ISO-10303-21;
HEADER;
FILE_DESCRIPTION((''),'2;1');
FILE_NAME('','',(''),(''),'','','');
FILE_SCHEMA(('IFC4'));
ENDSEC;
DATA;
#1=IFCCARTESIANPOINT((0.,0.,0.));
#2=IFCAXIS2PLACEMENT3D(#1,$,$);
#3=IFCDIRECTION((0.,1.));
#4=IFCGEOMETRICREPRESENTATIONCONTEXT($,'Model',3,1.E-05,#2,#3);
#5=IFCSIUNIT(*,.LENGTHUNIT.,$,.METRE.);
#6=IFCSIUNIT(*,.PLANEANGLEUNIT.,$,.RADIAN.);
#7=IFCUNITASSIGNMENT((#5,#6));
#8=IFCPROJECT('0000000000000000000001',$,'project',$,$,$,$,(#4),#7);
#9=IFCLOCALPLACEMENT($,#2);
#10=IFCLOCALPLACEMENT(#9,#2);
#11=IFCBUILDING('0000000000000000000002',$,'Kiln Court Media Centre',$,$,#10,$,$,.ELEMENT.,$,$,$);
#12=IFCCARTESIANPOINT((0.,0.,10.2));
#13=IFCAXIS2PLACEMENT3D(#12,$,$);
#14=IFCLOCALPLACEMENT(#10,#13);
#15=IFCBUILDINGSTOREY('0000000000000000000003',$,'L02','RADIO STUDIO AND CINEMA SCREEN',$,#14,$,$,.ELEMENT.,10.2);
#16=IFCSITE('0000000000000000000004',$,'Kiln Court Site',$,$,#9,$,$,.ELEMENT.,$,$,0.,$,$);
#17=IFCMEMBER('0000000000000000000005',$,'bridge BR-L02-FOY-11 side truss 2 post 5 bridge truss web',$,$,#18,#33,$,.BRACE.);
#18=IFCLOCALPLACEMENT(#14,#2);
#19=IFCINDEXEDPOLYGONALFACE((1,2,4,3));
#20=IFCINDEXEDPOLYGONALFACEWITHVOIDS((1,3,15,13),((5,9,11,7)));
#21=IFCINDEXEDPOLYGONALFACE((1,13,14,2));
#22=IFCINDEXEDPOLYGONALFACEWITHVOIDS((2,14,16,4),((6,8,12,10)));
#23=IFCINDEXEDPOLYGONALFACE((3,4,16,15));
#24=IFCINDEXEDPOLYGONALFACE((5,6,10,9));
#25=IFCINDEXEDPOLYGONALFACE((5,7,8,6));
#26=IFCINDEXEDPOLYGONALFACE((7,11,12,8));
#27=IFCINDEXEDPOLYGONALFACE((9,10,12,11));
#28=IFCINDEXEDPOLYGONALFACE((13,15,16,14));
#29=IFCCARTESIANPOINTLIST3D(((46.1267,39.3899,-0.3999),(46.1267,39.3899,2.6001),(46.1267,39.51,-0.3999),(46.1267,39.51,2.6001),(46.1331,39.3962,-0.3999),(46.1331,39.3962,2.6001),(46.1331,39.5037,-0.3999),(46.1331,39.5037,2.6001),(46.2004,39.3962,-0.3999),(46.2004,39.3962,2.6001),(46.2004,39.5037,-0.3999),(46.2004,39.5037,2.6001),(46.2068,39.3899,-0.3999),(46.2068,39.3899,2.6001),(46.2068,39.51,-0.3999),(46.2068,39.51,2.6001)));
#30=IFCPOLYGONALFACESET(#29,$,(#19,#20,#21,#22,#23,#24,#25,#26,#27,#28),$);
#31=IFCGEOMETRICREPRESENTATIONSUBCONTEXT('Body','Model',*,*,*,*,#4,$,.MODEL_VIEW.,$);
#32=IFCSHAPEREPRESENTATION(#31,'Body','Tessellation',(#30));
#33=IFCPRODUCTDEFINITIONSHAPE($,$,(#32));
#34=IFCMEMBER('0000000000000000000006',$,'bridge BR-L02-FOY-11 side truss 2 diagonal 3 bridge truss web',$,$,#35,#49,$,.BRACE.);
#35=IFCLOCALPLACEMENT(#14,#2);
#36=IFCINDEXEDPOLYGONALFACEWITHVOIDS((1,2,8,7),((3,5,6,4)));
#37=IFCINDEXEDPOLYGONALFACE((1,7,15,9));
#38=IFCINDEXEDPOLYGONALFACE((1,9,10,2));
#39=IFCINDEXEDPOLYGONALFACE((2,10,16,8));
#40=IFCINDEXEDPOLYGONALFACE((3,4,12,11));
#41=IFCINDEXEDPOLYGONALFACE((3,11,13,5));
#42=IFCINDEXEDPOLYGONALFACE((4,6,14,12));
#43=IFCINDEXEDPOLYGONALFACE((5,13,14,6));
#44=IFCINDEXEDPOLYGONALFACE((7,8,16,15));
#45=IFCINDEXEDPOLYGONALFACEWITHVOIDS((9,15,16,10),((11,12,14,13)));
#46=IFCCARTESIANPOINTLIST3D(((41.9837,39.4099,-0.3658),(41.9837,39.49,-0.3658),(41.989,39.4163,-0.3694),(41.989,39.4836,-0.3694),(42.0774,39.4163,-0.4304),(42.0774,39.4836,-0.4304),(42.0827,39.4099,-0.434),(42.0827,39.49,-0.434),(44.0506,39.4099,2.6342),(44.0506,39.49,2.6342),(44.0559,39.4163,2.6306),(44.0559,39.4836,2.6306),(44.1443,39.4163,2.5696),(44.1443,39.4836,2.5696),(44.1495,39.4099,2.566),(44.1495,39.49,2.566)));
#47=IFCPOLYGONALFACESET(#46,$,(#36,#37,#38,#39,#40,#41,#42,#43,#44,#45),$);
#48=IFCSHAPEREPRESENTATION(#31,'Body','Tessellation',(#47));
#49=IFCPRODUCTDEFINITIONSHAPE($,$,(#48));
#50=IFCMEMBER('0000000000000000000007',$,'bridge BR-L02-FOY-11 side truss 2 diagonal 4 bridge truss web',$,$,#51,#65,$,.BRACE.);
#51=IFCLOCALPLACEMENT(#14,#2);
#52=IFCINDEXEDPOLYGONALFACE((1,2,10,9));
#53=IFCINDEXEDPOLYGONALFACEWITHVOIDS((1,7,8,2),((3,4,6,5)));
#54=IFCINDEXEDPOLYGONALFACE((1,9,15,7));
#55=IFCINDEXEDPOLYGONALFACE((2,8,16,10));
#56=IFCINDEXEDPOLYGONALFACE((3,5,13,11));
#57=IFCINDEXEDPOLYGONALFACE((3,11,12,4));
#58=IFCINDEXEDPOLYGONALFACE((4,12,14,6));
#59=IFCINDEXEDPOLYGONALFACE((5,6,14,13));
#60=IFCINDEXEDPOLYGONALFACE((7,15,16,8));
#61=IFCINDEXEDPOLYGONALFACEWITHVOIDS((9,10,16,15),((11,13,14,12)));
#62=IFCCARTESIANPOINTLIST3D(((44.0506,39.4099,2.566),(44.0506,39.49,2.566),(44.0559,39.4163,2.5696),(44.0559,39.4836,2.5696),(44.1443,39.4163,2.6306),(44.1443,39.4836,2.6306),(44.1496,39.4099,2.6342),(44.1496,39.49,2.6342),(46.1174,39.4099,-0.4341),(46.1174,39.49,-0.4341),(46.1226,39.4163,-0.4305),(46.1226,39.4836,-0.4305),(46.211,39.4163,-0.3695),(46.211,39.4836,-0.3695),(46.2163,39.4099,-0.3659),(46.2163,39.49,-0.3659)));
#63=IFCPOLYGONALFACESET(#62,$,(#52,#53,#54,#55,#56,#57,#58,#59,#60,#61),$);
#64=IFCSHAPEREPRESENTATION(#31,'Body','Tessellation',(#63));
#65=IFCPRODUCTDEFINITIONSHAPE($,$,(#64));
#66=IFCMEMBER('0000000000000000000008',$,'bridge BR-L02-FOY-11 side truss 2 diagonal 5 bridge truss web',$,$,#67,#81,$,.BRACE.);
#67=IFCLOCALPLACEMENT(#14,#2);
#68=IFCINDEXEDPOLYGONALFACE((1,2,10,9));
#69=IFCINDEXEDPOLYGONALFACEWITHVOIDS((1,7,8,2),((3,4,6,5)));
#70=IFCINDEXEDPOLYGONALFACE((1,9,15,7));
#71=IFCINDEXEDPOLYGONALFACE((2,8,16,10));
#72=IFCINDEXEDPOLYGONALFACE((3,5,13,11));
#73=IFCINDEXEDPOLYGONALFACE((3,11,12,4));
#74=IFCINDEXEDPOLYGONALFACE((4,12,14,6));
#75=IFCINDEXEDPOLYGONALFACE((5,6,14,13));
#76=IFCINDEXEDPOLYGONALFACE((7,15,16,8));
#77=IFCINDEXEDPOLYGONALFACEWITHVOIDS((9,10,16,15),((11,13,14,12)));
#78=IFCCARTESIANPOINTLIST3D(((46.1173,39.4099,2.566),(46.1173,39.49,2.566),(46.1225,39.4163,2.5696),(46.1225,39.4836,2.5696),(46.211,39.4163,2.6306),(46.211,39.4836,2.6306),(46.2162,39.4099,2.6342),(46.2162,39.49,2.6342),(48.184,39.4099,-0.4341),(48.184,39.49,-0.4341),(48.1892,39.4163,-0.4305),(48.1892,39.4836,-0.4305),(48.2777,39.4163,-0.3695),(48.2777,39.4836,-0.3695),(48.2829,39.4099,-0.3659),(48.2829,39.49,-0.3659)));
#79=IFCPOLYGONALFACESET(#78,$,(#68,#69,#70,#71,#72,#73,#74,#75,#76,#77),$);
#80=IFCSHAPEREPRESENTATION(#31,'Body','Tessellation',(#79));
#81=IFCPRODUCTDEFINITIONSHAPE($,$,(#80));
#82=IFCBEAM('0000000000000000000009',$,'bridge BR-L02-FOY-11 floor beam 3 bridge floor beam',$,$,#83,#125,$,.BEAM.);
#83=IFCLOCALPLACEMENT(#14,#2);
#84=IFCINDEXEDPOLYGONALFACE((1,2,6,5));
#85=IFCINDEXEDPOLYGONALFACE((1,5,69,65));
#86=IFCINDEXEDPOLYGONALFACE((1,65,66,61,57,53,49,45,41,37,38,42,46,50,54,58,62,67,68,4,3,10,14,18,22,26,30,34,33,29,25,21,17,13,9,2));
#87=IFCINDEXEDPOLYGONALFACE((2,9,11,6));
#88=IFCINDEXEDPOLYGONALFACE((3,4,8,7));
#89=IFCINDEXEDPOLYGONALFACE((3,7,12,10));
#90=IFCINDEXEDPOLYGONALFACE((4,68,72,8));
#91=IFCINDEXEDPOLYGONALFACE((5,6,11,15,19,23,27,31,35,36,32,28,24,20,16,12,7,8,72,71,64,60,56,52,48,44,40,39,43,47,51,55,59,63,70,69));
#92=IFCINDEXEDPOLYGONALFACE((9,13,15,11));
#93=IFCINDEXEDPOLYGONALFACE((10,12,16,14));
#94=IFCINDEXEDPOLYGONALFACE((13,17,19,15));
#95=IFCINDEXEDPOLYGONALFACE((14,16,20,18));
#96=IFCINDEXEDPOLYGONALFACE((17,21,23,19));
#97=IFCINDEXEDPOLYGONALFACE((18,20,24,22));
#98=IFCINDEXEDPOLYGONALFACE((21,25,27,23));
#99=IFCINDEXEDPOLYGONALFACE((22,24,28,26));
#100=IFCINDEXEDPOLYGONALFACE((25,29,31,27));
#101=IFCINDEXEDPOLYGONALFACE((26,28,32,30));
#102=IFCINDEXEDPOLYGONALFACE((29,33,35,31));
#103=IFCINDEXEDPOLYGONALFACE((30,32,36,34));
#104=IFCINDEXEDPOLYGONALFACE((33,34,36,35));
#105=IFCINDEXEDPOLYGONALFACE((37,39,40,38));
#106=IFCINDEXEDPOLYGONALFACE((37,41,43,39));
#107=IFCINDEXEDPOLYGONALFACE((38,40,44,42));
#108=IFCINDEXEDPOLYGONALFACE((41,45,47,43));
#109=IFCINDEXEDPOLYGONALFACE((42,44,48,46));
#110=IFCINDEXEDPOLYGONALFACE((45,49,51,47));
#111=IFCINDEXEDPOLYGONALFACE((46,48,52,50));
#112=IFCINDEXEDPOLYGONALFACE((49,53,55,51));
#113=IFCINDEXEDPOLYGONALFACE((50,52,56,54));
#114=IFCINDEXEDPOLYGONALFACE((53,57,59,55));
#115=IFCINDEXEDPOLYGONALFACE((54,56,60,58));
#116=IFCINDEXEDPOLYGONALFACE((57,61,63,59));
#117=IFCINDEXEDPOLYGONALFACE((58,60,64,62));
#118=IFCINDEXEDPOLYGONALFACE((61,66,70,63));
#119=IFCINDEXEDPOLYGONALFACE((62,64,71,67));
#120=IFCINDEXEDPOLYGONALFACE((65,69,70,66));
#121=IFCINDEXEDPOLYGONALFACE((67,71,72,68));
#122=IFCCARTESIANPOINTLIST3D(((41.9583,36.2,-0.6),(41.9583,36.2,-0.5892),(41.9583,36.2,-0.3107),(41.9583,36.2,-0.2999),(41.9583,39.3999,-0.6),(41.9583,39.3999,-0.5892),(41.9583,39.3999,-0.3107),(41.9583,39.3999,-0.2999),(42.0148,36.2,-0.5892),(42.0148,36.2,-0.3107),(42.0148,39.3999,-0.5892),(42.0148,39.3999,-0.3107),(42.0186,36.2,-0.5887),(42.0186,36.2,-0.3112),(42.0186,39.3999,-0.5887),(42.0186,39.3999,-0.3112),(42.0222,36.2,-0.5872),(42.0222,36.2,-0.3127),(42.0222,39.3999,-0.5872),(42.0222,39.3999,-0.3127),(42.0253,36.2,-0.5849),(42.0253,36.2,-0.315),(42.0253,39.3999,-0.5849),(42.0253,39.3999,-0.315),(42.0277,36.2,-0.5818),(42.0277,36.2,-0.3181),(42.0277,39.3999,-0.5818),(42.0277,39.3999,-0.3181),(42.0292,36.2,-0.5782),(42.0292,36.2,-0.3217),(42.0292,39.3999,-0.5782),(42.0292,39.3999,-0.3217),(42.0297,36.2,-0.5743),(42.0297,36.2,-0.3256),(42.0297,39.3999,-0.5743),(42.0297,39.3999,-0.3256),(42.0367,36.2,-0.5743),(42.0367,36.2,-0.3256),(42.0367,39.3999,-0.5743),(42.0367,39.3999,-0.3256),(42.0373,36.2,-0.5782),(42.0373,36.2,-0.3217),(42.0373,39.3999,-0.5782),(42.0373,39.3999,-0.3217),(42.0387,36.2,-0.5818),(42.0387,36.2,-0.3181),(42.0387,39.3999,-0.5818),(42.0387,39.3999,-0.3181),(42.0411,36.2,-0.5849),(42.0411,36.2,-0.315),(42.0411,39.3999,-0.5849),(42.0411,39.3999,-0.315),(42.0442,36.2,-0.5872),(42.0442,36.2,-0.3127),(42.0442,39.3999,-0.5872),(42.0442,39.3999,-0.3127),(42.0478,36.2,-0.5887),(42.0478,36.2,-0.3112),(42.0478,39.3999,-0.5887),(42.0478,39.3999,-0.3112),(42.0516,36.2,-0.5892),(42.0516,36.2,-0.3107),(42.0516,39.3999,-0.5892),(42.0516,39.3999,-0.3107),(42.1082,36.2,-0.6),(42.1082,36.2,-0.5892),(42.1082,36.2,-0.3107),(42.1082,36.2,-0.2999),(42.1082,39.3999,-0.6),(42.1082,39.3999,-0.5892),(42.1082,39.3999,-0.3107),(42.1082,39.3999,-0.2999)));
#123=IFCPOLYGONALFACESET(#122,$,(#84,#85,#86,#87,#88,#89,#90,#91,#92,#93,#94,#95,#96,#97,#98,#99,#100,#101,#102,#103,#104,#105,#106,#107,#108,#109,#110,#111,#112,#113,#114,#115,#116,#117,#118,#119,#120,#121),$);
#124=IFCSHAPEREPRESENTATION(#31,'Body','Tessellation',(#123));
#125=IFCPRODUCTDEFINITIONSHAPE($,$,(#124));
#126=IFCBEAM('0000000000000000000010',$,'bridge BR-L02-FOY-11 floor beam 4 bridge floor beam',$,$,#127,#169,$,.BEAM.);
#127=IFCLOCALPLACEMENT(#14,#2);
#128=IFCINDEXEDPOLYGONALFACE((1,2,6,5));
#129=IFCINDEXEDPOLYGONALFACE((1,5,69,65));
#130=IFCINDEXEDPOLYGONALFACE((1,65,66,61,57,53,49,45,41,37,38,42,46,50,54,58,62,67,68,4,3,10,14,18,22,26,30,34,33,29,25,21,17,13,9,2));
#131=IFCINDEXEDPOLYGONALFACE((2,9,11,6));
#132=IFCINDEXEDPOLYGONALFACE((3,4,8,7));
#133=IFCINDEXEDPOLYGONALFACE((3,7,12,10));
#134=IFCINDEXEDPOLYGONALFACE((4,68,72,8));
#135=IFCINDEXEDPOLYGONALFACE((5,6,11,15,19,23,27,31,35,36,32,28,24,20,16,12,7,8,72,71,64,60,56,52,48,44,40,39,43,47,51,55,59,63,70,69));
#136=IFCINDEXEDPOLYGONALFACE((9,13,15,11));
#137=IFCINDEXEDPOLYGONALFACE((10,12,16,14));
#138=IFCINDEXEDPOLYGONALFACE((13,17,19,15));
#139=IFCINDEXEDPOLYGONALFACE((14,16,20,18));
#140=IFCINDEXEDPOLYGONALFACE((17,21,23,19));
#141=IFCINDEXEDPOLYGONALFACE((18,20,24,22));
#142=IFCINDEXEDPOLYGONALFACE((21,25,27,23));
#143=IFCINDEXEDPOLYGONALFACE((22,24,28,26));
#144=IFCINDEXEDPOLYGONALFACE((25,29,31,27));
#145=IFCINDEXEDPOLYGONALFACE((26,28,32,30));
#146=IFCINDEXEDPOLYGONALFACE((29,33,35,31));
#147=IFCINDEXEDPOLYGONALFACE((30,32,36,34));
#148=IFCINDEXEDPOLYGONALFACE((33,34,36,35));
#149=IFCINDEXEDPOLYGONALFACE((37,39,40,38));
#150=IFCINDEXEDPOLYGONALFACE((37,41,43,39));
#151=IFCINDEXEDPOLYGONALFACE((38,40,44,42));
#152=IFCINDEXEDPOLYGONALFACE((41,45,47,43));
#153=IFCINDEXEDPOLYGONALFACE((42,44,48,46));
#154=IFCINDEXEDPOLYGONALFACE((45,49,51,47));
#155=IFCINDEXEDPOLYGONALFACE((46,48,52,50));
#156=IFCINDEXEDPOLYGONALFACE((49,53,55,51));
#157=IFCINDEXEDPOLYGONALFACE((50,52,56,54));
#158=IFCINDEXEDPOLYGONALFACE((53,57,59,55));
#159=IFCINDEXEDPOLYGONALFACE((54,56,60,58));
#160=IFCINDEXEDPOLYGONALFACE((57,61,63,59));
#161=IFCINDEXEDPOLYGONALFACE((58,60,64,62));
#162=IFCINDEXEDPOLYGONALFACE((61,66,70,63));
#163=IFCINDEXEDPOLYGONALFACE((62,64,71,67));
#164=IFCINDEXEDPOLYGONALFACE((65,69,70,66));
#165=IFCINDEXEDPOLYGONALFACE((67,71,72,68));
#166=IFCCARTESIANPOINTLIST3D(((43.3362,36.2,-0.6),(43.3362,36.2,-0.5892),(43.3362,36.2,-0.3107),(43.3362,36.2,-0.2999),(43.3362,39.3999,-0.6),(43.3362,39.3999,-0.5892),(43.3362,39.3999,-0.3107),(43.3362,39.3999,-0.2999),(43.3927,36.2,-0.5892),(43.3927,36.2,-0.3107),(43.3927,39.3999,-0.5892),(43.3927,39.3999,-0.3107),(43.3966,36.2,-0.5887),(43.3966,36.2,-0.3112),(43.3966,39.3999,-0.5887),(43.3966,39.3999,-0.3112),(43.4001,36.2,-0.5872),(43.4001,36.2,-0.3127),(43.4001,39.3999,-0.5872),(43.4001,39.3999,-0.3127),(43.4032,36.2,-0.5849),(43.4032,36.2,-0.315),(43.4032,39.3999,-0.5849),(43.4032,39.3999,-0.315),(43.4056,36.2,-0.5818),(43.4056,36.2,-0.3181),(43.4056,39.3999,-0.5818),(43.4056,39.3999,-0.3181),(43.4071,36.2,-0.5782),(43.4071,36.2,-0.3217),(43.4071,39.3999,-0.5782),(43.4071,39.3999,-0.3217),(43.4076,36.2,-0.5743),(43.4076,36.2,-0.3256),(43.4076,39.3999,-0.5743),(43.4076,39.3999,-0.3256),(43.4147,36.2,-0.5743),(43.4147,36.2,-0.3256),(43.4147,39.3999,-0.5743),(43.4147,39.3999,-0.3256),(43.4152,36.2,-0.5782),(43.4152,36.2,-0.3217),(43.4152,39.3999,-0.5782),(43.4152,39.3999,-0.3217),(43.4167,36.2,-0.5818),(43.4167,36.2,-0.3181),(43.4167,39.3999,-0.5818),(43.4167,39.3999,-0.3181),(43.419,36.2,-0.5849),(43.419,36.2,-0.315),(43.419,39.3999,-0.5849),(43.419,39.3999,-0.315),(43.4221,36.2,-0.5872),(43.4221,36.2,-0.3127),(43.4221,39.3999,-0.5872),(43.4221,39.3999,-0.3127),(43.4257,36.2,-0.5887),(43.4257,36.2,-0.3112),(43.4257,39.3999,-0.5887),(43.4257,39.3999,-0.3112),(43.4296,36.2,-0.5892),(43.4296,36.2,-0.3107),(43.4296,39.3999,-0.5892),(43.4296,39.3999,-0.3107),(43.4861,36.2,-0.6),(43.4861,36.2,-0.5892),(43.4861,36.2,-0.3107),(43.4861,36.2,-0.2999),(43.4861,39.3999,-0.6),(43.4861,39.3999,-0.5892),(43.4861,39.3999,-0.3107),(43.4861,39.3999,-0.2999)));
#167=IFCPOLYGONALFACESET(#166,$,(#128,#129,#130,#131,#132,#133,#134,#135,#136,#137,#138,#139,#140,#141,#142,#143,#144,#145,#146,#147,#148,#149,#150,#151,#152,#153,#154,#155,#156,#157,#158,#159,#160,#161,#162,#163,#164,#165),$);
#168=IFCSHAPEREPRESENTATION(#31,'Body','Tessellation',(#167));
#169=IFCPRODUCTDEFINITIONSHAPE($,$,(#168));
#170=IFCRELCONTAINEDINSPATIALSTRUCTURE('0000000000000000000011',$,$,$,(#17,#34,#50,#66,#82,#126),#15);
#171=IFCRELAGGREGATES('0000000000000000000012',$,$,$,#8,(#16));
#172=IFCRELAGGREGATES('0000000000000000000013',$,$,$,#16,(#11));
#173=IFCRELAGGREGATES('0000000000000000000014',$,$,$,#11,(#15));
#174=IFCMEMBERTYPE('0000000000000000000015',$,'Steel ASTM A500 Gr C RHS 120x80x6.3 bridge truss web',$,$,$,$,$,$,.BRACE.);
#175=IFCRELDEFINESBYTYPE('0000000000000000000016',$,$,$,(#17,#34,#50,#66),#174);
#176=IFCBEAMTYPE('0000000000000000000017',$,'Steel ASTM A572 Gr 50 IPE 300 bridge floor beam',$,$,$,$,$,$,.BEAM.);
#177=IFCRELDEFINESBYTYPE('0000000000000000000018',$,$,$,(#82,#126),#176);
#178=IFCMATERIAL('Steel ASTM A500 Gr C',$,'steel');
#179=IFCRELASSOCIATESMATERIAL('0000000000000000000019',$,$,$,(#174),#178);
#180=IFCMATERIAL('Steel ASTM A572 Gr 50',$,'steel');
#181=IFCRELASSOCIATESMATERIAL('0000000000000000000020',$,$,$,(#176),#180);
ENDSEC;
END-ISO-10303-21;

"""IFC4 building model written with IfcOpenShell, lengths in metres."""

from ifc_helpers import new_model, si_unit, direction, frame, origin, origin_2d, place, context, subcontext, project, spatial, hollow_rectangle, i_section, extrude, material, material_profile, profile_set, type_object, element, save


model = new_model("IFC4")

# Units and contexts
model_context = context("Model", 3, precision=1e-05, world=origin(), true_north=direction((0.0, 1.0)))
body_context = subcontext(model_context, "Body", "Model", "MODEL_VIEW")
ifc_project = project(units=[si_unit("LENGTHUNIT", "METRE"), si_unit("PLANEANGLEUNIT", "RADIAN")], contexts=[model_context])

# Site, building, storey
site_placement = place(None, origin())
site = spatial("IfcSite", under=ifc_project, at=site_placement, Name="Kiln Court Site", CompositionType="ELEMENT", RefElevation=0.0)
building_placement = place(site_placement, origin())
building = spatial("IfcBuilding", under=site, at=building_placement, Name="Kiln Court Media Centre", CompositionType="ELEMENT")
storey_placement = place(building_placement, frame((0.0, 0.0, 10.2)))
storey = spatial("IfcBuildingStorey", under=building, at=storey_placement, Name="L02", Description="RADIO STUDIO AND CINEMA SCREEN", CompositionType="ELEMENT", Elevation=10.2)

# Members
ifc_material_1 = material(Name="Steel ASTM A500 Gr C", Category="steel")
ifc_material_profile_1 = material_profile(ifc_material_1, hollow_rectangle(XDim=0.0801, YDim=0.1201, WallThickness=0.0063, at=origin_2d()), Name="RHS 120x80x6.3")
ifc_profile_set_1 = profile_set([ifc_material_profile_1], Name="Steel ASTM A500 Gr C")
member_type_1 = type_object("IfcMemberType", Name="Steel ASTM A500 Gr C RHS 120x80x6.3 bridge truss web", PredefinedType="BRACE", material=ifc_profile_set_1)
for number, where, z_axis, x_axis, name in (
    (1, (46.1667, 39.45, -0.3999), (0.0, 0.0, 1.0), (1.0, 0.0, 0.0), "bridge BR-L02-FOY-11 side truss 2 post 5 bridge truss web"),
):
    element("IfcMember", number, at=place(storey_placement, frame(where, z_axis=z_axis, x_axis=x_axis)), inside=storey, type_object=member_type_1, Name=name, PredefinedType="BRACE", context=body_context, shape_type="SweptSolid", body=[
        extrude(hollow_rectangle(XDim=0.0801, YDim=0.1201, WallThickness=0.0063, at=origin_2d()), origin(), (0.0, 0.0, 1.0), 3.0),
    ])
for number, where, z_axis, x_axis, name in (
    (2, (42.0332, 39.45, -0.3999), (0.567348, 0.0, 0.823478), (0.0, 1.0, 0.0), "bridge BR-L02-FOY-11 side truss 2 diagonal 3 bridge truss web"),
    (3, (44.1001, 39.45, 2.6001), (0.567302, 0.0, -0.82351), (0.0, 1.0, 0.0), "bridge BR-L02-FOY-11 side truss 2 diagonal 4 bridge truss web"),
    (4, (46.1667, 39.45, 2.6001), (0.567302, 0.0, -0.82351), (0.0, 1.0, 0.0), "bridge BR-L02-FOY-11 side truss 2 diagonal 5 bridge truss web"),
):
    element("IfcMember", number, at=place(storey_placement, frame(where, z_axis=z_axis, x_axis=x_axis)), inside=storey, type_object=member_type_1, Name=name, PredefinedType="BRACE", context=body_context, shape_type="SweptSolid", body=[
        extrude(hollow_rectangle(XDim=0.0801, YDim=0.1201, WallThickness=0.0063, at=origin_2d()), origin(), (0.0, 0.0, 1.0), 3.6431),
    ])

# Beams
ifc_material_2 = material(Name="Steel ASTM A572 Gr 50", Category="steel")
ifc_material_profile_2 = material_profile(ifc_material_2, i_section(OverallWidth=0.1499, OverallDepth=0.3, WebThickness=0.0071, FlangeThickness=0.0107, FilletRadius=0.0149, at=origin_2d()), Name="IPE 300")
ifc_profile_set_2 = profile_set([ifc_material_profile_2], Name="Steel ASTM A572 Gr 50")
beam_type = type_object("IfcBeamType", Name="Steel ASTM A572 Gr 50 IPE 300 bridge floor beam", PredefinedType="BEAM", material=ifc_profile_set_2)
for number, where, z_axis, x_axis, name in (
    (5, (42.0332, 36.2, -0.45), (0.0, 1.0, 0.0), (-1.0, 0.0, 0.0), "bridge BR-L02-FOY-11 floor beam 3 bridge floor beam"),
    (6, (43.4111, 36.2, -0.45), (0.0, 1.0, 0.0), (-1.0, 0.0, 0.0), "bridge BR-L02-FOY-11 floor beam 4 bridge floor beam"),
):
    element("IfcBeam", number, at=place(storey_placement, frame(where, z_axis=z_axis, x_axis=x_axis)), inside=storey, type_object=beam_type, Name=name, PredefinedType="BEAM", context=body_context, shape_type="SweptSolid", body=[
        extrude(i_section(OverallWidth=0.1499, OverallDepth=0.3, WebThickness=0.0071, FlangeThickness=0.0107, FilletRadius=0.0149, at=origin_2d()), origin(), (0.0, 0.0, 1.0), 3.2),
    ])

save(model, "model.ifc")
